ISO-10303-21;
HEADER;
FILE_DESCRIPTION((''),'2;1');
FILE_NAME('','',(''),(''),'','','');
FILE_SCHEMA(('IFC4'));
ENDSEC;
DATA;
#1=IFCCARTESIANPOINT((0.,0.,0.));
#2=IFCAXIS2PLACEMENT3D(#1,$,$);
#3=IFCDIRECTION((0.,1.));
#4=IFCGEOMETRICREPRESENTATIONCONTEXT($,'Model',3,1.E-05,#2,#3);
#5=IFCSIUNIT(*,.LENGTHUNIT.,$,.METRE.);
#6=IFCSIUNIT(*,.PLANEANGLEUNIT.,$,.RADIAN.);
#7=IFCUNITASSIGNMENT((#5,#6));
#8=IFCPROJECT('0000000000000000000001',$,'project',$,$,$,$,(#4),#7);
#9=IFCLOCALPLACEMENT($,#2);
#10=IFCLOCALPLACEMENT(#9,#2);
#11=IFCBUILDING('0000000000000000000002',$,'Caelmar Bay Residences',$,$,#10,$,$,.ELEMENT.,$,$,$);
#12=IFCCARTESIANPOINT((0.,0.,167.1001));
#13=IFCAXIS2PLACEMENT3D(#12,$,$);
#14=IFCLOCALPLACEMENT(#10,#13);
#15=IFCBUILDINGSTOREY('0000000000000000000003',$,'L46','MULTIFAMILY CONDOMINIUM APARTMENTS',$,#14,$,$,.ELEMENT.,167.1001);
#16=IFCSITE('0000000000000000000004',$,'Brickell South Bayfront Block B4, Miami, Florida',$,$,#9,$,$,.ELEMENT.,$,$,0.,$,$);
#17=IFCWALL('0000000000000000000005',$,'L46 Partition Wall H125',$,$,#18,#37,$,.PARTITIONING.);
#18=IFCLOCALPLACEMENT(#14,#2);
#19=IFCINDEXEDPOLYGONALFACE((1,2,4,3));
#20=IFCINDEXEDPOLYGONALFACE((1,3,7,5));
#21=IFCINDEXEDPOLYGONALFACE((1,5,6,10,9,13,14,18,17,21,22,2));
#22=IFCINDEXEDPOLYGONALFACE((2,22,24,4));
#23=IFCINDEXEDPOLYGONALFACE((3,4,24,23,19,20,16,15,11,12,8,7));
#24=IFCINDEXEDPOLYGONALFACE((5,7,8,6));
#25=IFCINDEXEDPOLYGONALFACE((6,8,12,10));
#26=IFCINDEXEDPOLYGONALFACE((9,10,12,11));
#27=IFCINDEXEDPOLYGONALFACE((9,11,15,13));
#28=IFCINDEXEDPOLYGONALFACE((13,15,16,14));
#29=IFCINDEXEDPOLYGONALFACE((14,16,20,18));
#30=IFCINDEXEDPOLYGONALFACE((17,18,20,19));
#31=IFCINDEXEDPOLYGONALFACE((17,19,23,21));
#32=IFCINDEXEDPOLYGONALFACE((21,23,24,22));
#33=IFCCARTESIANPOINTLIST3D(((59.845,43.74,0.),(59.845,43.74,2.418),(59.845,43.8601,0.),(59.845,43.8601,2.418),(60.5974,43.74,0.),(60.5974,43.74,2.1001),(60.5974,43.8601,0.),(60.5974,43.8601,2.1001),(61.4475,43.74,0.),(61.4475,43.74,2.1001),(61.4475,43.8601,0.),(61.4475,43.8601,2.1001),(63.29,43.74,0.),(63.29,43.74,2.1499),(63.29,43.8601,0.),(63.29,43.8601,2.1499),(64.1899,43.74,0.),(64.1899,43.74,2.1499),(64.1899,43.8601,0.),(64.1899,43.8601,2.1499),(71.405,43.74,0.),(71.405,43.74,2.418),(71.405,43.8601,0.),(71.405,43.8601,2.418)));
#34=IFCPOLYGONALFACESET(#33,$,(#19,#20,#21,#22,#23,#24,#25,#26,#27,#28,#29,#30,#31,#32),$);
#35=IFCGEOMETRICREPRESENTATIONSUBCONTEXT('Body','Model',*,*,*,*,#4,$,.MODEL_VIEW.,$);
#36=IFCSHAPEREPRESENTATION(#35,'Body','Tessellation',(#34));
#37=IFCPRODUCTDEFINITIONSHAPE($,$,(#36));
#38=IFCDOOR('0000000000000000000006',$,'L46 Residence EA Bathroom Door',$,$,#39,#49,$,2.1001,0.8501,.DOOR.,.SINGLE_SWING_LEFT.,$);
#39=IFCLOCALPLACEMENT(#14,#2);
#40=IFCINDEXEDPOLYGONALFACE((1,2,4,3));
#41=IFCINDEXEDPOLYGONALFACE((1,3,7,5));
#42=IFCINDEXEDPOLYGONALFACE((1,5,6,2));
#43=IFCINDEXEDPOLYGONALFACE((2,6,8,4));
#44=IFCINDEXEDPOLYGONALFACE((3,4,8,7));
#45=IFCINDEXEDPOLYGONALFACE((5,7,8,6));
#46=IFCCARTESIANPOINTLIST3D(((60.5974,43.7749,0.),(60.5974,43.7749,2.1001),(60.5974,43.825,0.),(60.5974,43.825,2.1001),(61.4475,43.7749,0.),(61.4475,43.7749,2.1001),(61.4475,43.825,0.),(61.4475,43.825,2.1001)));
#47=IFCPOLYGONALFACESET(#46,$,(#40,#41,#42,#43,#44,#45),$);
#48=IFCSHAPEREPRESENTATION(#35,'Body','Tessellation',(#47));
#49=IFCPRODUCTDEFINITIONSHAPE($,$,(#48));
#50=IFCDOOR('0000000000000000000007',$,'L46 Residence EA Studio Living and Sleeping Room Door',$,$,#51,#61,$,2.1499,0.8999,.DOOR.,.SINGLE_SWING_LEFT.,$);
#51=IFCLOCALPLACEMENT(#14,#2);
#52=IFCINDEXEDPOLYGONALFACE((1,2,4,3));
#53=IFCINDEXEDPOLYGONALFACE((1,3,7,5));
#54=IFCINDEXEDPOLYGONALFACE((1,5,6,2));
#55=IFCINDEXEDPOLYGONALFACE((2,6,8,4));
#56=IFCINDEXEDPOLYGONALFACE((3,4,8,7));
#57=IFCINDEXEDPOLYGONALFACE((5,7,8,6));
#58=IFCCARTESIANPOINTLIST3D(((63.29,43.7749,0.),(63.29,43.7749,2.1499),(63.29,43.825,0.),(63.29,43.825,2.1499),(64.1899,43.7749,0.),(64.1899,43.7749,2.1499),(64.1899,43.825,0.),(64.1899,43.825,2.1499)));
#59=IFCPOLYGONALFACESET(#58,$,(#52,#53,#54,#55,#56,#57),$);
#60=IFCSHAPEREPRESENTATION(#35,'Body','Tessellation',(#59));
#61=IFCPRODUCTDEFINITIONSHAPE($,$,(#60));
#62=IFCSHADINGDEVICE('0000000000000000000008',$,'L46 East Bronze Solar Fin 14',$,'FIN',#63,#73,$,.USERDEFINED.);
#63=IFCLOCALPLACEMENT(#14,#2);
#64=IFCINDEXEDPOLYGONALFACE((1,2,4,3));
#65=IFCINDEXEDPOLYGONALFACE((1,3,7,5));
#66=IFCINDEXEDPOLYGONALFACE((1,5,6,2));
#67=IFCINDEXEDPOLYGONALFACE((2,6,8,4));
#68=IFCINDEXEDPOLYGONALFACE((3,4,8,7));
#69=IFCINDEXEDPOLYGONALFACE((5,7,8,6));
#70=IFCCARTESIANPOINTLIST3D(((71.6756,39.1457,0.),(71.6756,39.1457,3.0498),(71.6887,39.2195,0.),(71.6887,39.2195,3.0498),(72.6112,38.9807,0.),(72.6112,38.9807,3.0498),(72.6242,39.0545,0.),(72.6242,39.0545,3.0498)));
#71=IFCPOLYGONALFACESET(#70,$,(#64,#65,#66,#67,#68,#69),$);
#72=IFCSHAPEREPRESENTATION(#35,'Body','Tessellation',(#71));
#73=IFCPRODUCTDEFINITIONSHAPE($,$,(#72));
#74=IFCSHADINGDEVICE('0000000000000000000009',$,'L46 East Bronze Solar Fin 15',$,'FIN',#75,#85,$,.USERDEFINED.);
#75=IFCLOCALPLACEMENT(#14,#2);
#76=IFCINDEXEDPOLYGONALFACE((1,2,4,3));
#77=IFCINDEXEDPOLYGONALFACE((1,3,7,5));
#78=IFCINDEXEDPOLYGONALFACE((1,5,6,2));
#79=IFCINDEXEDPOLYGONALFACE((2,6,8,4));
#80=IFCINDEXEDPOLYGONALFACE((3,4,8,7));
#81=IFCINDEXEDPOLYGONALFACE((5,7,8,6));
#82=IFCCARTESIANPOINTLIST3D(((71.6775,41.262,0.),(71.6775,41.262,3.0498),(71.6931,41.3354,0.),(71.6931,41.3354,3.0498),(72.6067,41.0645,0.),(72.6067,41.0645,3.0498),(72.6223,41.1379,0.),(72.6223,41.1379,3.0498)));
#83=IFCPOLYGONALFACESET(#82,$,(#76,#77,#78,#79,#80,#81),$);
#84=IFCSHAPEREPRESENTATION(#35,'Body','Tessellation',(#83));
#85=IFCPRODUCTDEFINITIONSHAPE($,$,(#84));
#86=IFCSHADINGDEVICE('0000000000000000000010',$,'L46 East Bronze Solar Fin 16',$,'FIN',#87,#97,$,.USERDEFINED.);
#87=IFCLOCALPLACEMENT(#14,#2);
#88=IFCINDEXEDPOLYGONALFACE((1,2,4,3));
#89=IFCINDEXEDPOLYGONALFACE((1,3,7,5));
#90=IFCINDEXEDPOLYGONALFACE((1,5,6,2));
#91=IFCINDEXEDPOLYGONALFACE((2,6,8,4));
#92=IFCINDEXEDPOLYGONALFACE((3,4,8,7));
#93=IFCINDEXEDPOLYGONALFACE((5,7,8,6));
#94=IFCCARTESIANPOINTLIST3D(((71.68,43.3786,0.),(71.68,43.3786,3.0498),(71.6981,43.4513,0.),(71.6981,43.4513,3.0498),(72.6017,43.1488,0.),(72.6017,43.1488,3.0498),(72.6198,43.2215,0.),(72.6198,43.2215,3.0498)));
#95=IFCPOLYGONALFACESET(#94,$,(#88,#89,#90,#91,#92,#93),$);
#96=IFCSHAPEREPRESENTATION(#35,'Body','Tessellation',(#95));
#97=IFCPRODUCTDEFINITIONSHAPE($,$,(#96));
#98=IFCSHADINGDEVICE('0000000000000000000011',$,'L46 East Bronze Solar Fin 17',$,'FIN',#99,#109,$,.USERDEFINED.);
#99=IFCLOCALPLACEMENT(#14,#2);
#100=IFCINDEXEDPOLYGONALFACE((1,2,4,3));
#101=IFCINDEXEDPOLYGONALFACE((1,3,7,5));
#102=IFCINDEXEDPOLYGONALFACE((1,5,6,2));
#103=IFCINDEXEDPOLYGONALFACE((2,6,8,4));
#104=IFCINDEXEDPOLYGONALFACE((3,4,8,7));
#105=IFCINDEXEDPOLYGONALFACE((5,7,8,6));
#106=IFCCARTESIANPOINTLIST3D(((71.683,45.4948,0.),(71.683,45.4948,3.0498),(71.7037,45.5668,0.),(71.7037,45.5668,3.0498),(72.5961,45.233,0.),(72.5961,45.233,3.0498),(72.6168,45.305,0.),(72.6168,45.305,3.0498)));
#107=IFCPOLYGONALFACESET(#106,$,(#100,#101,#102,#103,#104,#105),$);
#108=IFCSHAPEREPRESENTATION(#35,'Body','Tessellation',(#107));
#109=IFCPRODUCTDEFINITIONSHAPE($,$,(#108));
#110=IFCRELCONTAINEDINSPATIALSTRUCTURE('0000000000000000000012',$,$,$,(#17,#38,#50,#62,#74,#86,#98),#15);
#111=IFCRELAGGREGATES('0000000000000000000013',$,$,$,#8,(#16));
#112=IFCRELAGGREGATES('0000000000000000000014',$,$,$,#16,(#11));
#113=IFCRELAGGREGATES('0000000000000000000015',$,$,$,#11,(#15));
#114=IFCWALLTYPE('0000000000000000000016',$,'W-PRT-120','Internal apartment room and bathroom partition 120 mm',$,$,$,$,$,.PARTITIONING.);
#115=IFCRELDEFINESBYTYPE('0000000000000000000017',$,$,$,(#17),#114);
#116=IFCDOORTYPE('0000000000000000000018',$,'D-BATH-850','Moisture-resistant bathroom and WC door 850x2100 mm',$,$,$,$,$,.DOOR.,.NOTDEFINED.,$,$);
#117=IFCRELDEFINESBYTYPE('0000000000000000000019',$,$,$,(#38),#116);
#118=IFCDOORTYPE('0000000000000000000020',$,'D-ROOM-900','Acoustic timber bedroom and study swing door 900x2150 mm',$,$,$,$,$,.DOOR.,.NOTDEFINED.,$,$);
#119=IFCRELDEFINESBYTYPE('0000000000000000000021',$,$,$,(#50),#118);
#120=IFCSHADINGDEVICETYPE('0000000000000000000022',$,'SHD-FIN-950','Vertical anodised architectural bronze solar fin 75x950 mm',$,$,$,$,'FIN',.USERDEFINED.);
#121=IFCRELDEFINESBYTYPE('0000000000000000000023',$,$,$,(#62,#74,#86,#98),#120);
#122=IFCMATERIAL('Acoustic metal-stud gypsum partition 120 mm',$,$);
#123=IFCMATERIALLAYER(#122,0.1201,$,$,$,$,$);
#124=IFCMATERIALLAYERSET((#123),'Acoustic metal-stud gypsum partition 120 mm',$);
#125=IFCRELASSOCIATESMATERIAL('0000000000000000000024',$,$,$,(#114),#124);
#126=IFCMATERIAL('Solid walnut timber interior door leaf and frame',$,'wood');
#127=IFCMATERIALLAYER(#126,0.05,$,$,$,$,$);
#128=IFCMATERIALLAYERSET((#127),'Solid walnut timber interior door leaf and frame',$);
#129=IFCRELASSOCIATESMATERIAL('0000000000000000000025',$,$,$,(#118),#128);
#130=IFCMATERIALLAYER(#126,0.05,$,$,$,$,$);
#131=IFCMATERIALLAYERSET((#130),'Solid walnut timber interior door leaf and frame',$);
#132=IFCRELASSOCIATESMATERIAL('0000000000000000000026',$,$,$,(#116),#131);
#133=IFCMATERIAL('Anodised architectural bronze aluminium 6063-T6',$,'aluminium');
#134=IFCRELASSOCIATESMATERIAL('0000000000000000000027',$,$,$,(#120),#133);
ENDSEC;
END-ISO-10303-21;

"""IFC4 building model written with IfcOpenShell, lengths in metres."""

from ifc_helpers import new_model, si_unit, direction, frame, frame_2d, origin, origin_2d, place, context, subcontext, project, spatial, rectangle, extrude, material, layer, layer_set, material_profile, profile_set, type_object, element, fill, save


model = new_model("IFC4")

# Units and contexts
model_context = context("Model", 3, precision=1e-05, world=origin(), true_north=direction((0.0, 1.0)))
body_context = subcontext(model_context, "Body", "Model", "MODEL_VIEW")
ifc_project = project(units=[si_unit("LENGTHUNIT", "METRE"), si_unit("PLANEANGLEUNIT", "RADIAN")], contexts=[model_context])

# Site, building, storey
site_placement = place(None, origin())
site = spatial("IfcSite", under=ifc_project, at=site_placement, Name="Brickell South Bayfront Block B4, Miami, Florida", CompositionType="ELEMENT", RefElevation=0.0)
building_placement = place(site_placement, origin())
building = spatial("IfcBuilding", under=site, at=building_placement, Name="Caelmar Bay Residences", CompositionType="ELEMENT")
storey_placement = place(building_placement, frame((0.0, 0.0, 167.1001)))
storey = spatial("IfcBuildingStorey", under=building, at=storey_placement, Name="L46", Description="MULTIFAMILY CONDOMINIUM APARTMENTS", CompositionType="ELEMENT", Elevation=167.1001)

# Shared definitions
ifc_material_1 = material(Name="Acoustic metal-stud gypsum partition 120 mm")
ifc_layer_1 = layer(ifc_material_1, 0.1201)
ifc_layer_set_1 = layer_set([ifc_layer_1], Name="Acoustic metal-stud gypsum partition 120 mm")
wall_type_1 = type_object("IfcWallType", Name="W-PRT-120", Description="Internal apartment room and bathroom partition 120 mm", PredefinedType="PARTITIONING", material=ifc_layer_set_1)
ifc_material_2 = material(Name="Solid walnut timber interior door leaf and frame", Category="wood")
ifc_layer_2 = layer(ifc_material_2, 0.05)
ifc_layer_set_2 = layer_set([ifc_layer_2], Name="Solid walnut timber interior door leaf and frame")
door_type_1 = type_object("IfcDoorType", Name="D-ROOM-900", Description="Acoustic timber bedroom and study swing door 900x2150 mm", OperationType="NOTDEFINED", PredefinedType="DOOR", material=ifc_layer_set_2)

# Wall, openings, doors
wall_1_placement = place(storey_placement, frame((59.845, 43.8, 0.0), z_axis=(0.0, 0.0, 1.0), x_axis=(1.0, 0.0, 0.0)))
wall_1 = element("IfcWall", 1, at=wall_1_placement, inside=storey, type_object=wall_type_1, Name="L46 Partition Wall H125", PredefinedType="PARTITIONING", context=body_context, shape_type="SweptSolid", body=[
    extrude(rectangle(XDim=11.5601, YDim=0.1201, at=frame_2d((5.78, 0.0))), origin(), (0.0, 0.0, 1.0), 2.418),
])
opening_1_placement = place(wall_1_placement, frame((3.4451, 0.0, 0.0)))
opening_1 = element("IfcOpeningElement", 2, at=opening_1_placement, cuts=wall_1, PredefinedType="OPENING", context=body_context, shape_type="SweptSolid", body=[
    extrude(rectangle(XDim=0.8999, YDim=2.1499, at=frame_2d((0.45, 1.075))), frame((0.0, 0.0701, 0.0), z_axis=(0.0, -1.0, 0.0), x_axis=(1.0, 0.0, 0.0)), (0.0, 0.0, 1.0), 0.1401),
])
opening_2_placement = place(wall_1_placement, frame((0.7524, 0.0, 0.0)))
opening_2 = element("IfcOpeningElement", 3, at=opening_2_placement, cuts=wall_1, PredefinedType="OPENING", context=body_context, shape_type="SweptSolid", body=[
    extrude(rectangle(XDim=0.8501, YDim=2.1001, at=frame_2d((0.425, 1.05))), frame((0.0, 0.0701, 0.0), z_axis=(0.0, -1.0, 0.0), x_axis=(1.0, 0.0, 0.0)), (0.0, 0.0, 1.0), 0.1401),
])
ifc_layer_3 = layer(ifc_material_2, 0.05)
ifc_layer_set_3 = layer_set([ifc_layer_3], Name="Solid walnut timber interior door leaf and frame")
door_type_2 = type_object("IfcDoorType", Name="D-BATH-850", Description="Moisture-resistant bathroom and WC door 850x2100 mm", OperationType="NOTDEFINED", PredefinedType="DOOR", material=ifc_layer_set_3)
door_1_placement = place(opening_2_placement, origin())
door_1 = element("IfcDoor", 4, at=door_1_placement, inside=storey, type_object=door_type_2, Name="L46 Residence EA Bathroom Door", OperationType="SINGLE_SWING_LEFT", OverallHeight=2.1001, OverallWidth=0.8501, PredefinedType="DOOR", context=body_context, shape_type="SweptSolid", body=[
    extrude(rectangle(XDim=0.8501, YDim=2.1001, at=frame_2d((0.425, 1.05))), frame((0.0, 0.0249, 0.0), z_axis=(0.0, -1.0, 0.0), x_axis=(1.0, 0.0, 0.0)), (0.0, 0.0, 1.0), 0.05),
])
fill(opening_2, door_1)
door_2_placement = place(opening_1_placement, origin())
door_2 = element("IfcDoor", 5, at=door_2_placement, inside=storey, type_object=door_type_1, Name="L46 Residence EA Studio Living and Sleeping Room Door", OperationType="SINGLE_SWING_LEFT", OverallHeight=2.1499, OverallWidth=0.8999, PredefinedType="DOOR", context=body_context, shape_type="SweptSolid", body=[
    extrude(rectangle(XDim=0.8999, YDim=2.1499, at=frame_2d((0.45, 1.075))), frame((0.0, 0.0249, 0.0), z_axis=(0.0, -1.0, 0.0), x_axis=(1.0, 0.0, 0.0)), (0.0, 0.0, 1.0), 0.05),
])
fill(opening_1, door_2)

# Shading devices
ifc_material_3 = material(Name="Anodised architectural bronze aluminium 6063-T6", Category="aluminium")
ifc_material_profile_1 = material_profile(ifc_material_3, rectangle(XDim=0.075, YDim=0.95, at=origin_2d()), Name="BRONZE-FIN-75X950")
ifc_profile_set_1 = profile_set([ifc_material_profile_1], Name="Anodised architectural bronze aluminium 6063-T6")
shading_device_type = type_object("IfcShadingDeviceType", Name="SHD-FIN-950", Description="Vertical anodised architectural bronze solar fin 75x950 mm", ElementType="FIN", PredefinedType="USERDEFINED", material=ifc_profile_set_1)
for number, where, z_axis, x_axis, name in (
    (6, (72.1499, 39.1001, 0.0), (0.0, 0.0, 1.0), (0.173648, 0.984808, 0.0), "L46 East Bronze Solar Fin 14"),
    (7, (72.1499, 41.2, 0.0), (0.0, 0.0, 1.0), (0.207912, 0.978148, 0.0), "L46 East Bronze Solar Fin 15"),
    (8, (72.1499, 43.3, 0.0), (0.0, 0.0, 1.0), (0.241922, 0.970296, 0.0), "L46 East Bronze Solar Fin 16"),
    (9, (72.1499, 45.3999, 0.0), (0.0, 0.0, 1.0), (0.275637, 0.961262, 0.0), "L46 East Bronze Solar Fin 17"),
):
    element("IfcShadingDevice", number, at=place(storey_placement, frame(where, z_axis=z_axis, x_axis=x_axis)), inside=storey, type_object=shading_device_type, Name=name, ObjectType="FIN", PredefinedType="USERDEFINED", context=body_context, shape_type="SweptSolid", body=[
        extrude(rectangle(XDim=0.075, YDim=0.95, at=origin_2d()), origin(), (0.0, 0.0, 1.0), 3.0498),
    ])

save(model, "model.ifc")
